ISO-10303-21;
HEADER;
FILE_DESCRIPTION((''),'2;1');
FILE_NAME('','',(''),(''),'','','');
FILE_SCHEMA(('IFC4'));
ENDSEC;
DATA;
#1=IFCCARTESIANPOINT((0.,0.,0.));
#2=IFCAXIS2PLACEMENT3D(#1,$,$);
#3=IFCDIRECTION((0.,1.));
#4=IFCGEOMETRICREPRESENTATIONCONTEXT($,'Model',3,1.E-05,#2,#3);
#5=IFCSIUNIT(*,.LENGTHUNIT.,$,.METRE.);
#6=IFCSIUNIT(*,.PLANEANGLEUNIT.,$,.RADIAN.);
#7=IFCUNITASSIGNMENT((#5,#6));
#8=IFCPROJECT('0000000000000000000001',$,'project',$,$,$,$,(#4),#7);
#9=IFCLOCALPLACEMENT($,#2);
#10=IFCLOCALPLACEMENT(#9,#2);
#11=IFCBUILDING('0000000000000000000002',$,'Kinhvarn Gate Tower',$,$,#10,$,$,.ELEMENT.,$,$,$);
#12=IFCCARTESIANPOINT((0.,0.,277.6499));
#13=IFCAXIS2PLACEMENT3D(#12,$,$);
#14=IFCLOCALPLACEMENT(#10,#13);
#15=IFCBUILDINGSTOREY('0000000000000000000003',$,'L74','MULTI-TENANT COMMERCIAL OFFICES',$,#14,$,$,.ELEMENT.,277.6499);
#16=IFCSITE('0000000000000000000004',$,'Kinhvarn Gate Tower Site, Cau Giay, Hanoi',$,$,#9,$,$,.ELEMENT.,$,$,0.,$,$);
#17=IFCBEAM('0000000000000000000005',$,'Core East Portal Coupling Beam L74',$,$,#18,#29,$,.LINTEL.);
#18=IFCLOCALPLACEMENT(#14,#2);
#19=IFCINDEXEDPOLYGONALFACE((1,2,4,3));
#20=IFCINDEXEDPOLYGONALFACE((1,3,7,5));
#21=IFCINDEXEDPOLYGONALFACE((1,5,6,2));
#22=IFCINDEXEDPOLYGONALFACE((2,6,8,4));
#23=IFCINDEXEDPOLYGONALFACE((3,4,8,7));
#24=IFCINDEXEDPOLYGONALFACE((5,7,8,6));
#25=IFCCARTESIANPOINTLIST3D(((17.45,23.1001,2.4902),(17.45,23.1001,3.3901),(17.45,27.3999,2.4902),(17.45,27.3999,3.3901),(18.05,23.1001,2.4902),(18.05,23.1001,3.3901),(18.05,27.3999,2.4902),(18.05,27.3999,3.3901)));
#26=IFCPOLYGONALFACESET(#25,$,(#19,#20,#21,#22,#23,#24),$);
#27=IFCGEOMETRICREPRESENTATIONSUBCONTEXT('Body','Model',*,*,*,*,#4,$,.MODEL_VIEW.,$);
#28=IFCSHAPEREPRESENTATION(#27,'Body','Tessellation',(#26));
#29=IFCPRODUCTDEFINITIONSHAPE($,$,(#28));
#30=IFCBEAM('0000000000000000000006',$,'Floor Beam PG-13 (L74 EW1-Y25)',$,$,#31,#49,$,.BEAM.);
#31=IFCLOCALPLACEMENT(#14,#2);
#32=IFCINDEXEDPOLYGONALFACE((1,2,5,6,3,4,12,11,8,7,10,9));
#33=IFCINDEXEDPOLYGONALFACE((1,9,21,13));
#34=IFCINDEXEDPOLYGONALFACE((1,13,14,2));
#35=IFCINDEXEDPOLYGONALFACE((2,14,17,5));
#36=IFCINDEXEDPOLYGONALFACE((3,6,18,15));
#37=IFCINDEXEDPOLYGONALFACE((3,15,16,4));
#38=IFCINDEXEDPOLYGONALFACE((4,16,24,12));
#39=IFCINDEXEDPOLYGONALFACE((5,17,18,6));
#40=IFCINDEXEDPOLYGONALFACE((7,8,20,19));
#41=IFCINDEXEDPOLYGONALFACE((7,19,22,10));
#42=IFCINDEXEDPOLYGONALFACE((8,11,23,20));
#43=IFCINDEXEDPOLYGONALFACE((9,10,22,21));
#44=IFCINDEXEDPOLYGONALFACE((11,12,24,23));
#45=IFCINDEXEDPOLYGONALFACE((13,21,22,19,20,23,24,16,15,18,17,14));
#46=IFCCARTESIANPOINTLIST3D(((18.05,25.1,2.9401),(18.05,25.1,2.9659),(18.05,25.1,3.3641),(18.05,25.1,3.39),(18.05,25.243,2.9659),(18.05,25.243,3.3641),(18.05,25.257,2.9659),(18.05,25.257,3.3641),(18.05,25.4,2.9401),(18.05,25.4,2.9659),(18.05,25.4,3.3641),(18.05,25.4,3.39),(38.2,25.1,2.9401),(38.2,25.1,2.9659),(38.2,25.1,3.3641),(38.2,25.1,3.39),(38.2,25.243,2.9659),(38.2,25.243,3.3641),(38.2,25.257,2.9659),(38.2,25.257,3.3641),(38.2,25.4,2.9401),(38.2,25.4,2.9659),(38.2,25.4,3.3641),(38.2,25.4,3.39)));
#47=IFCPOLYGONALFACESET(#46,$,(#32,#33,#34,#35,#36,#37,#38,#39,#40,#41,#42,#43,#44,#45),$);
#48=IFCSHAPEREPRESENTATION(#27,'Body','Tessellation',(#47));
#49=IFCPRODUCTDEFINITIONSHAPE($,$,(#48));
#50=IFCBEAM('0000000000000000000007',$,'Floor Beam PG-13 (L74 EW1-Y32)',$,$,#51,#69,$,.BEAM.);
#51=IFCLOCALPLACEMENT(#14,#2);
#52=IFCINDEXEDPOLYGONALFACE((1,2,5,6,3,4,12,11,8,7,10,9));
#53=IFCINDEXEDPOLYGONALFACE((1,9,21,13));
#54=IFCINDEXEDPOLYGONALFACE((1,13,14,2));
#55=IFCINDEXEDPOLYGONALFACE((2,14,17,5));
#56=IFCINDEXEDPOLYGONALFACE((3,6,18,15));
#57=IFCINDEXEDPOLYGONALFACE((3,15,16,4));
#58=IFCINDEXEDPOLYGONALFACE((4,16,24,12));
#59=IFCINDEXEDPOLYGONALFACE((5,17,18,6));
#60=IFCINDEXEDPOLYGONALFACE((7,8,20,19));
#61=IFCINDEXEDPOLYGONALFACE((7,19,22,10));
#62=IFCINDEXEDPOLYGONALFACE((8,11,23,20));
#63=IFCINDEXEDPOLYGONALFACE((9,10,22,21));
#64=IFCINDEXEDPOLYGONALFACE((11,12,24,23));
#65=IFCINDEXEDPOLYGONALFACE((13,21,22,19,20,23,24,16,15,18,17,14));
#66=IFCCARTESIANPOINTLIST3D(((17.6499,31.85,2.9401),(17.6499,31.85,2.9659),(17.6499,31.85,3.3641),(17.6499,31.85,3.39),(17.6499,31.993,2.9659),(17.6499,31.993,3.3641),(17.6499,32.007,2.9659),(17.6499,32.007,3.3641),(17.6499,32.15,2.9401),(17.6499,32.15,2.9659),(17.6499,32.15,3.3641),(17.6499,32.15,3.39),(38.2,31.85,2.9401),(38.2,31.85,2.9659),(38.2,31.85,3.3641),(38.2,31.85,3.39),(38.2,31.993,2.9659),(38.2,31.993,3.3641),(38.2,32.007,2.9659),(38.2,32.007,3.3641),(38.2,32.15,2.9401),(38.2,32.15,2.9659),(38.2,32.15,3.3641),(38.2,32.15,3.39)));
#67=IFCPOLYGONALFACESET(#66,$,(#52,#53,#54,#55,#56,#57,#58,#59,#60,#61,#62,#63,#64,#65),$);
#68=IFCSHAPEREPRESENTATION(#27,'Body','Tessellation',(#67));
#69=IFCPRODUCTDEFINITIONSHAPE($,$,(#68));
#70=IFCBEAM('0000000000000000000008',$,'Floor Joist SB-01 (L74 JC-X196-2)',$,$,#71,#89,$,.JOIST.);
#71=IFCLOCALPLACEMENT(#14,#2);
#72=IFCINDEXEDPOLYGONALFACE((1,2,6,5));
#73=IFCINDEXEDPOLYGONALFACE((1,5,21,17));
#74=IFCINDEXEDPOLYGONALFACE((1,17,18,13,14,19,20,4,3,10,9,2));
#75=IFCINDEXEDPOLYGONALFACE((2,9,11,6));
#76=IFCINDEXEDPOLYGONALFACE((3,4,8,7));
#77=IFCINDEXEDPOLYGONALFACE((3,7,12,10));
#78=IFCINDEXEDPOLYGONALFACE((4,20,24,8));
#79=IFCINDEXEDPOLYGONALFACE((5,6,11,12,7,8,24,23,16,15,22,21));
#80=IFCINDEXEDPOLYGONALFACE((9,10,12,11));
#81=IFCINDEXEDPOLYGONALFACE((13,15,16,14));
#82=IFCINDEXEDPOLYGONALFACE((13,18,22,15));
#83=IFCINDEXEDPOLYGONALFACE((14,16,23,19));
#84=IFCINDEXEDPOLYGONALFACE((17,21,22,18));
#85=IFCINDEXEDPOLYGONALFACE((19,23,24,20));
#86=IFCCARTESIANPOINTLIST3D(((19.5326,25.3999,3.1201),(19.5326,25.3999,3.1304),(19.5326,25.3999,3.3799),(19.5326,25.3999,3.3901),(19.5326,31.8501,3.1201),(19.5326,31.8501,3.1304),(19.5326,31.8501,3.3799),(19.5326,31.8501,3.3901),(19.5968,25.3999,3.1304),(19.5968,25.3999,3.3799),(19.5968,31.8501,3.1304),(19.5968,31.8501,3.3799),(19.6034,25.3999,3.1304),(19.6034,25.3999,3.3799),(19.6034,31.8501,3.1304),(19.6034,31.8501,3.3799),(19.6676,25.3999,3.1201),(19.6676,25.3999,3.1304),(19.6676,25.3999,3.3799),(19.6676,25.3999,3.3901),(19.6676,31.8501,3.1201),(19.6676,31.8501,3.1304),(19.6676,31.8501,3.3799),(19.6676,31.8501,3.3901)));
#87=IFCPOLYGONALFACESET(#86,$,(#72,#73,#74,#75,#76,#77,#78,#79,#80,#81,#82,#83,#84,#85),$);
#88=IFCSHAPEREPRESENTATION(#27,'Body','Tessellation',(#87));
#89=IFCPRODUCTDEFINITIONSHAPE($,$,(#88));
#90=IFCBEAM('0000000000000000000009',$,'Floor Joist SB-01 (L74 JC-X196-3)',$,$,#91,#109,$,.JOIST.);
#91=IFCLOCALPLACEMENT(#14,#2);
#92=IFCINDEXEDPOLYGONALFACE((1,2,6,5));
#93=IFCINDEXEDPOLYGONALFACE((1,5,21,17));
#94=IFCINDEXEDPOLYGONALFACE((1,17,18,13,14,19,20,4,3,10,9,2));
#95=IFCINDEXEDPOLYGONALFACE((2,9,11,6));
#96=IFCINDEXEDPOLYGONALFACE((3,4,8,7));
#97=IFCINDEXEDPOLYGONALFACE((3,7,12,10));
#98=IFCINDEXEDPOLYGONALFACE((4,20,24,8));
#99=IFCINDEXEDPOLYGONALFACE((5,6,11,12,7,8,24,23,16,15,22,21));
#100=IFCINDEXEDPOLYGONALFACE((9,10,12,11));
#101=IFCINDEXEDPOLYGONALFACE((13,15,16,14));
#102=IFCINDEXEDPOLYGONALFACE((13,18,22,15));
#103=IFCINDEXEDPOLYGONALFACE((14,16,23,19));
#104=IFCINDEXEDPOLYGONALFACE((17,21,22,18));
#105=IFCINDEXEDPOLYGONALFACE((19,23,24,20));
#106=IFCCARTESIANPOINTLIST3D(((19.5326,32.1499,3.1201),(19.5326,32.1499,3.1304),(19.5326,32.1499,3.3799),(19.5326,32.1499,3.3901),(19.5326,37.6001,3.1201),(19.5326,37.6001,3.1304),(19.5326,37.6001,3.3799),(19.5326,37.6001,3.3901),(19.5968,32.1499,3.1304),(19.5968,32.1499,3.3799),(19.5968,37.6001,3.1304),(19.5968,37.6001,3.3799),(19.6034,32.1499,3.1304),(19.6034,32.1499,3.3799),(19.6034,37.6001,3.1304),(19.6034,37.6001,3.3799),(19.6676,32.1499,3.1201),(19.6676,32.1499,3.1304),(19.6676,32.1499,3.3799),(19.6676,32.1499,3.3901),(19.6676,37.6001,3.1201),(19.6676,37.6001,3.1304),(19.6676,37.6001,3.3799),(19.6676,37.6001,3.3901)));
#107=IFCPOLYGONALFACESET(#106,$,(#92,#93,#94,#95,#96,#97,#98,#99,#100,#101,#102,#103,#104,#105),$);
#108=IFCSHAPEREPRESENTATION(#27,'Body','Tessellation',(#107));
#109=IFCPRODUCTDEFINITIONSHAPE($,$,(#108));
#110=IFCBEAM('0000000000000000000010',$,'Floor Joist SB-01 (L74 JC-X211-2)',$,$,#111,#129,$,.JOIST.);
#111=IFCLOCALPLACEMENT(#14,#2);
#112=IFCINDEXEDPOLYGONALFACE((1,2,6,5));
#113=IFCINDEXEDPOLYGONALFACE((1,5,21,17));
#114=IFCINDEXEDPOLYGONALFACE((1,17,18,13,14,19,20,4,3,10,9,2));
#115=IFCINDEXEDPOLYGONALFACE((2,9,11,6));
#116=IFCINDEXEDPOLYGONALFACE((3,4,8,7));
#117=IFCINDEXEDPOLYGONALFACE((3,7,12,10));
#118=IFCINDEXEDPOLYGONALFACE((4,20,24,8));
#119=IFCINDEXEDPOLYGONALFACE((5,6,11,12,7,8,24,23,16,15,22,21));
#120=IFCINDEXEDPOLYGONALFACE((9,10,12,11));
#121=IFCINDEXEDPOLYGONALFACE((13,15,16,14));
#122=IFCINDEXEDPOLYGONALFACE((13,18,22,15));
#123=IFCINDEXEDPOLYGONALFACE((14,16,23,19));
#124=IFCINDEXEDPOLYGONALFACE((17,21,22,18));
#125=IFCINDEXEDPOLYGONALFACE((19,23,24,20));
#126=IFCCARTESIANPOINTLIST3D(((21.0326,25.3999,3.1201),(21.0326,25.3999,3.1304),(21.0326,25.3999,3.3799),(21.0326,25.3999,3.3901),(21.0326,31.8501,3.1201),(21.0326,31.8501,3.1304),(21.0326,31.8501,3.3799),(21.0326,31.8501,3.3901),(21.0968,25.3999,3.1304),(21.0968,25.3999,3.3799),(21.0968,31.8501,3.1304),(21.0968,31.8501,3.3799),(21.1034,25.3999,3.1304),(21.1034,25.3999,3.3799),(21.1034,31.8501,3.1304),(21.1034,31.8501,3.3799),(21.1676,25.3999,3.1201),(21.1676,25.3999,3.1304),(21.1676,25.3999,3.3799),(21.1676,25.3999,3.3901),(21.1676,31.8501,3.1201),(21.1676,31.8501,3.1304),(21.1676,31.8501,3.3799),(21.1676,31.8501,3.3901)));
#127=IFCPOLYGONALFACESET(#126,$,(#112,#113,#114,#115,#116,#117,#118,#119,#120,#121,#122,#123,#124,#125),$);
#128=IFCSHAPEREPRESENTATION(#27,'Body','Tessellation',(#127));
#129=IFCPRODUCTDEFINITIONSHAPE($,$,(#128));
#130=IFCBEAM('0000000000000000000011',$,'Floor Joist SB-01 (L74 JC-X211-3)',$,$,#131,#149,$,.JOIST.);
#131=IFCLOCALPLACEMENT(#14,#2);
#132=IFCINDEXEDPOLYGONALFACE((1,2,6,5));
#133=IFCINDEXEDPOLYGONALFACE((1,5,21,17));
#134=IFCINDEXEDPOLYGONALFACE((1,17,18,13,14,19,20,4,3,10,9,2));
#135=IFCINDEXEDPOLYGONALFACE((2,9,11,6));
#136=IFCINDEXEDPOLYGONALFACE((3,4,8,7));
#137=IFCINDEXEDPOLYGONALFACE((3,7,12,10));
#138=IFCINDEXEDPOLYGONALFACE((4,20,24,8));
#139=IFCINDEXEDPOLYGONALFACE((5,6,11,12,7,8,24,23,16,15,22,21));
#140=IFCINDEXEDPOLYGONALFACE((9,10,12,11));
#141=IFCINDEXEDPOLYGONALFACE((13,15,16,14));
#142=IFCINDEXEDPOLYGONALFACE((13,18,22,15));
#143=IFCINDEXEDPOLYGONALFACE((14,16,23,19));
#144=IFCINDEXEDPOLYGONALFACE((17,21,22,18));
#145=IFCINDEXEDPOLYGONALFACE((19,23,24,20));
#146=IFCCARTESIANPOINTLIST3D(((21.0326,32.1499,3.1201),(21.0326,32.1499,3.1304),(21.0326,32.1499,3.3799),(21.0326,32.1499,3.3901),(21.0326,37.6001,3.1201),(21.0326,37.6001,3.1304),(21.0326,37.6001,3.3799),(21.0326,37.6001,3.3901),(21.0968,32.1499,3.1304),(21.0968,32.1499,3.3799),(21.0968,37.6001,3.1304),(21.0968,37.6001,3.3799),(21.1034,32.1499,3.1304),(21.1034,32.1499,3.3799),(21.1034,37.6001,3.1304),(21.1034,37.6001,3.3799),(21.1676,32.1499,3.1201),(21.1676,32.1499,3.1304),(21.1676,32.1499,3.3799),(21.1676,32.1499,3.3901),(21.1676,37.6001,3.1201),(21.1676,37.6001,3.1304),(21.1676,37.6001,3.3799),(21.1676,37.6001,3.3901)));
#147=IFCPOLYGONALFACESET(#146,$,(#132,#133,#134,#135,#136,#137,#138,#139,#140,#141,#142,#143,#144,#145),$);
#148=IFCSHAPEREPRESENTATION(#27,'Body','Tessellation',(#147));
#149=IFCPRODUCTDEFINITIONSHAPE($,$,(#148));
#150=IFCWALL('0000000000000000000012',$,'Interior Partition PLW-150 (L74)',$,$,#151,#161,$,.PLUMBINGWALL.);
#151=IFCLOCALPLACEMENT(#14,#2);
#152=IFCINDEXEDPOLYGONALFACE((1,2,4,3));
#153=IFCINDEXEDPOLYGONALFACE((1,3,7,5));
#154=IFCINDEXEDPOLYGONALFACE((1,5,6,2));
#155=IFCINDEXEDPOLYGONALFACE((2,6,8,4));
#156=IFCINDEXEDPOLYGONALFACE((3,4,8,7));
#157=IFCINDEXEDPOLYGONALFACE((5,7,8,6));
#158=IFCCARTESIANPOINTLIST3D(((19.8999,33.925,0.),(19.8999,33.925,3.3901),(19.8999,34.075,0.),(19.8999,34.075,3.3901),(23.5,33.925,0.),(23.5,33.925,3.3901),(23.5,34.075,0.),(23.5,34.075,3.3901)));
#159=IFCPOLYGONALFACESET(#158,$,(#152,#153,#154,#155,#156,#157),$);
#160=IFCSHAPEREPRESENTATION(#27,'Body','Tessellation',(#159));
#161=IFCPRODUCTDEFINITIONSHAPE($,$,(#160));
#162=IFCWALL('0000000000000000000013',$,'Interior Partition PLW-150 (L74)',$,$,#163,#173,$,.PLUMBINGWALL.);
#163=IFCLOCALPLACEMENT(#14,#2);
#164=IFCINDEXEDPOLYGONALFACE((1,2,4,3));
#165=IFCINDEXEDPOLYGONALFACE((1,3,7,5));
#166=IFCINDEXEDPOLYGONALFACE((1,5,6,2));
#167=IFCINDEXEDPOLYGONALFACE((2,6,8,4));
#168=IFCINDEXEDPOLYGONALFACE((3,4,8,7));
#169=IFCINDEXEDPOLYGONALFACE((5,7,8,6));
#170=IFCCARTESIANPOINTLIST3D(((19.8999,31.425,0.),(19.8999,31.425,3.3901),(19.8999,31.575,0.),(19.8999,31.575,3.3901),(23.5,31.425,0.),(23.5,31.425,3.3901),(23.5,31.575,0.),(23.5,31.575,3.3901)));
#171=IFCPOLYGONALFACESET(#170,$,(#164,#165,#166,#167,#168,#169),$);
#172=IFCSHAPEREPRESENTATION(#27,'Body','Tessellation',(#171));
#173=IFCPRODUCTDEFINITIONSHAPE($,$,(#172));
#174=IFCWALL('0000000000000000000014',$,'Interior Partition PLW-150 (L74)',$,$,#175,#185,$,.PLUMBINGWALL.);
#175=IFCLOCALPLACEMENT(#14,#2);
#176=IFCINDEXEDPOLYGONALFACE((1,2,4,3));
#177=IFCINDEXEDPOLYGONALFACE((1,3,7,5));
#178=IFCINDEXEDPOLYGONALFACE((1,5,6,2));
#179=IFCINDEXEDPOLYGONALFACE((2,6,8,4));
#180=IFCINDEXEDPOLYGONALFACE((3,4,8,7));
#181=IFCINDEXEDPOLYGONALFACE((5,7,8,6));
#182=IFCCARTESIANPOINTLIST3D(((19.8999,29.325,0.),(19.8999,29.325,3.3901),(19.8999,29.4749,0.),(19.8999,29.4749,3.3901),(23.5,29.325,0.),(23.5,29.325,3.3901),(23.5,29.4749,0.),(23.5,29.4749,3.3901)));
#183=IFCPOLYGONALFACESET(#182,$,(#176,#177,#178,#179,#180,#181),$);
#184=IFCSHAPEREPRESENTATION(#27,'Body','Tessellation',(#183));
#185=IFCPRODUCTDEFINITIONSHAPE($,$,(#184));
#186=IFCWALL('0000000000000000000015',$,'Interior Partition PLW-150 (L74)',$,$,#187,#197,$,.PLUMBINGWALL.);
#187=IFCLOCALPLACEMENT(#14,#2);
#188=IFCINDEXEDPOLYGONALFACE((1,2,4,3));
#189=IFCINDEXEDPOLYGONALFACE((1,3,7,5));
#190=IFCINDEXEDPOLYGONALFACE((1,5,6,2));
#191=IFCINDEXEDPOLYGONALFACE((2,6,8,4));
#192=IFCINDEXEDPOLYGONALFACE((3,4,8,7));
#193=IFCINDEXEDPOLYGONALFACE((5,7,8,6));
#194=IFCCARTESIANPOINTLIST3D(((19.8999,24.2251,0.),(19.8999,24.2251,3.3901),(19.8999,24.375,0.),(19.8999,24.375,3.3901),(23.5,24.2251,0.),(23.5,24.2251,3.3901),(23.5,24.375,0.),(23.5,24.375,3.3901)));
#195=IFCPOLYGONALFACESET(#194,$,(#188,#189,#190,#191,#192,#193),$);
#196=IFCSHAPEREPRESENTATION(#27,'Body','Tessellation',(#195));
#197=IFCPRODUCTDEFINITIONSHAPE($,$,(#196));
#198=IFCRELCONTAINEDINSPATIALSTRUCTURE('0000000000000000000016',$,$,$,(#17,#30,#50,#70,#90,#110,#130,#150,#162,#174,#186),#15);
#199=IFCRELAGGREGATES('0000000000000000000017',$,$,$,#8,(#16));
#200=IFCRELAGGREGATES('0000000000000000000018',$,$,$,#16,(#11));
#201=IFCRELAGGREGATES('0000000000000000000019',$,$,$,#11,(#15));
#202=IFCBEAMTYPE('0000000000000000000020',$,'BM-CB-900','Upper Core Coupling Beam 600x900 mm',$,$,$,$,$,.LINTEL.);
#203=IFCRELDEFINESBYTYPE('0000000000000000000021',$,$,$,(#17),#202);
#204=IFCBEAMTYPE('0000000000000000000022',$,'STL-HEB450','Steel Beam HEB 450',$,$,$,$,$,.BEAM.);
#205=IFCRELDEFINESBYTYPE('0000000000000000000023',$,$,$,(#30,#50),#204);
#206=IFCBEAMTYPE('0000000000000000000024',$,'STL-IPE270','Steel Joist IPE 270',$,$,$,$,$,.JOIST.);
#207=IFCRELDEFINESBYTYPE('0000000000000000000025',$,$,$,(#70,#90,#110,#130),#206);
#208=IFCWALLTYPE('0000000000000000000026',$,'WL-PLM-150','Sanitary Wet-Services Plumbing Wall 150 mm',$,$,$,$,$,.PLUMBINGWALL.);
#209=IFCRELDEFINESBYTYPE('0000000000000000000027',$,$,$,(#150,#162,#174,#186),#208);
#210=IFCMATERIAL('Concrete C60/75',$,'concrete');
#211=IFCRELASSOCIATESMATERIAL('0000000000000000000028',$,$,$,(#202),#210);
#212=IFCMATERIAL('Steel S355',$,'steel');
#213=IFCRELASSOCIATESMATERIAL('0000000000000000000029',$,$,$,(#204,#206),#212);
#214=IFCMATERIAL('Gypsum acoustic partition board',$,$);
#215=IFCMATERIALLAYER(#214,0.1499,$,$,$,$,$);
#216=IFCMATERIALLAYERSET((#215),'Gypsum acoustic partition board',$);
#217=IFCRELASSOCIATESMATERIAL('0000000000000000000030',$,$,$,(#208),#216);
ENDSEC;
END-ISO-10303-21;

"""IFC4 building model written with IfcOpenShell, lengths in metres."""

from ifc_helpers import new_model, si_unit, direction, frame, frame_2d, origin, origin_2d, place, context, subcontext, project, spatial, rectangle, i_section, extrude, material, layer, layer_set, material_profile, profile_set, type_object, element, save


model = new_model("IFC4")

# Units and contexts
model_context = context("Model", 3, precision=1e-05, world=origin(), true_north=direction((0.0, 1.0)))
body_context = subcontext(model_context, "Body", "Model", "MODEL_VIEW")
ifc_project = project(units=[si_unit("LENGTHUNIT", "METRE"), si_unit("PLANEANGLEUNIT", "RADIAN")], contexts=[model_context])

# Site, building, storey
site_placement = place(None, origin())
site = spatial("IfcSite", under=ifc_project, at=site_placement, Name="Kinhvarn Gate Tower Site, Cau Giay, Hanoi", CompositionType="ELEMENT", RefElevation=0.0)
building_placement = place(site_placement, origin())
building = spatial("IfcBuilding", under=site, at=building_placement, Name="Kinhvarn Gate Tower", CompositionType="ELEMENT")
storey_placement = place(building_placement, frame((0.0, 0.0, 277.6499)))
storey = spatial("IfcBuildingStorey", under=building, at=storey_placement, Name="L74", Description="MULTI-TENANT COMMERCIAL OFFICES", CompositionType="ELEMENT", Elevation=277.6499)

# Beams
ifc_material_1 = material(Name="Concrete C60/75", Category="concrete")
ifc_material_profile_1 = material_profile(ifc_material_1, rectangle(XDim=0.6001, YDim=0.8999, at=origin_2d()), Name="RC 600x900")
ifc_profile_set_1 = profile_set([ifc_material_profile_1], Name="Concrete C60/75")
beam_type_1 = type_object("IfcBeamType", Name="BM-CB-900", Description="Upper Core Coupling Beam 600x900 mm", PredefinedType="LINTEL", material=ifc_profile_set_1)
beam_1_placement = place(storey_placement, frame((17.75, 23.1001, 2.9402), z_axis=(0.0, 1.0, 0.0), x_axis=(-1.0, 0.0, 0.0)))
element("IfcBeam", 1, at=beam_1_placement, inside=storey, type_object=beam_type_1, Name="Core East Portal Coupling Beam L74", PredefinedType="LINTEL", context=body_context, shape_type="SweptSolid", body=[
    extrude(rectangle(XDim=0.6001, YDim=0.8999, at=origin_2d()), origin(), (0.0, 0.0, 1.0), 4.2998),
])
ifc_material_2 = material(Name="Steel S355", Category="steel")
ifc_material_profile_2 = material_profile(ifc_material_2, i_section(OverallWidth=0.3, OverallDepth=0.45, WebThickness=0.0139, FlangeThickness=0.0259, at=origin_2d()), Name="HEB 450")
ifc_profile_set_2 = profile_set([ifc_material_profile_2], Name="Steel S355")
beam_type_2 = type_object("IfcBeamType", Name="STL-HEB450", Description="Steel Beam HEB 450", PredefinedType="BEAM", material=ifc_profile_set_2)
beam_2_placement = place(storey_placement, frame((18.05, 25.25, 3.165), z_axis=(1.0, 0.0, 0.0), x_axis=(0.0, 1.0, 0.0)))
element("IfcBeam", 2, at=beam_2_placement, inside=storey, type_object=beam_type_2, Name="Floor Beam PG-13 (L74 EW1-Y25)", PredefinedType="BEAM", context=body_context, shape_type="SweptSolid", body=[
    extrude(i_section(OverallWidth=0.3, OverallDepth=0.45, WebThickness=0.0139, FlangeThickness=0.0259, at=origin_2d()), origin(), (0.0, 0.0, 1.0), 20.1499),
])
beam_3_placement = place(storey_placement, frame((17.6499, 32.0, 3.165), z_axis=(1.0, 0.0, 0.0), x_axis=(0.0, 1.0, 0.0)))
element("IfcBeam", 3, at=beam_3_placement, inside=storey, type_object=beam_type_2, Name="Floor Beam PG-13 (L74 EW1-Y32)", PredefinedType="BEAM", context=body_context, shape_type="SweptSolid", body=[
    extrude(i_section(OverallWidth=0.3, OverallDepth=0.45, WebThickness=0.0139, FlangeThickness=0.0259, at=origin_2d()), origin(), (0.0, 0.0, 1.0), 20.55),
])
ifc_material_profile_3 = material_profile(ifc_material_2, i_section(OverallWidth=0.135, OverallDepth=0.27, WebThickness=0.0066, FlangeThickness=0.0103, at=origin_2d()), Name="IPE 270")
ifc_profile_set_3 = profile_set([ifc_material_profile_3], Name="Steel S355")
beam_type_3 = type_object("IfcBeamType", Name="STL-IPE270", Description="Steel Joist IPE 270", PredefinedType="JOIST", material=ifc_profile_set_3)
beam_4_placement = place(storey_placement, frame((19.6001, 25.3999, 3.2551), z_axis=(0.0, 1.0, 0.0), x_axis=(-1.0, 0.0, 0.0)))
element("IfcBeam", 4, at=beam_4_placement, inside=storey, type_object=beam_type_3, Name="Floor Joist SB-01 (L74 JC-X196-2)", PredefinedType="JOIST", context=body_context, shape_type="SweptSolid", body=[
    extrude(i_section(OverallWidth=0.135, OverallDepth=0.27, WebThickness=0.0066, FlangeThickness=0.0103, at=origin_2d()), origin(), (0.0, 0.0, 1.0), 6.4502),
])
beam_5_placement = place(storey_placement, frame((19.6001, 32.1499, 3.2551), z_axis=(0.0, 1.0, 0.0), x_axis=(-1.0, 0.0, 0.0)))
element("IfcBeam", 5, at=beam_5_placement, inside=storey, type_object=beam_type_3, Name="Floor Joist SB-01 (L74 JC-X196-3)", PredefinedType="JOIST", context=body_context, shape_type="SweptSolid", body=[
    extrude(i_section(OverallWidth=0.135, OverallDepth=0.27, WebThickness=0.0066, FlangeThickness=0.0103, at=origin_2d()), origin(), (0.0, 0.0, 1.0), 5.4502),
])
beam_6_placement = place(storey_placement, frame((21.1001, 25.3999, 3.2551), z_axis=(0.0, 1.0, 0.0), x_axis=(-1.0, 0.0, 0.0)))
element("IfcBeam", 6, at=beam_6_placement, inside=storey, type_object=beam_type_3, Name="Floor Joist SB-01 (L74 JC-X211-2)", PredefinedType="JOIST", context=body_context, shape_type="SweptSolid", body=[
    extrude(i_section(OverallWidth=0.135, OverallDepth=0.27, WebThickness=0.0066, FlangeThickness=0.0103, at=origin_2d()), origin(), (0.0, 0.0, 1.0), 6.4502),
])
beam_7_placement = place(storey_placement, frame((21.1001, 32.1499, 3.2551), z_axis=(0.0, 1.0, 0.0), x_axis=(-1.0, 0.0, 0.0)))
element("IfcBeam", 7, at=beam_7_placement, inside=storey, type_object=beam_type_3, Name="Floor Joist SB-01 (L74 JC-X211-3)", PredefinedType="JOIST", context=body_context, shape_type="SweptSolid", body=[
    extrude(i_section(OverallWidth=0.135, OverallDepth=0.27, WebThickness=0.0066, FlangeThickness=0.0103, at=origin_2d()), origin(), (0.0, 0.0, 1.0), 5.4502),
])

# Walls
ifc_material_3 = material(Name="Gypsum acoustic partition board")
ifc_layer_1 = layer(ifc_material_3, 0.1499)
ifc_layer_set_1 = layer_set([ifc_layer_1], Name="Gypsum acoustic partition board")
wall_type_1 = type_object("IfcWallType", Name="WL-PLM-150", Description="Sanitary Wet-Services Plumbing Wall 150 mm", PredefinedType="PLUMBINGWALL", material=ifc_layer_set_1)
for number, where, z_axis, x_axis, name in (
    (8, (19.8999, 34.0, 0.0), (0.0, 0.0, 1.0), (1.0, 0.0, 0.0), "Interior Partition PLW-150 (L74)"),
    (9, (19.8999, 31.5, 0.0), (0.0, 0.0, 1.0), (1.0, 0.0, 0.0), "Interior Partition PLW-150 (L74)"),
    (10, (19.8999, 29.3999, 0.0), (0.0, 0.0, 1.0), (1.0, 0.0, 0.0), "Interior Partition PLW-150 (L74)"),
    (11, (19.8999, 24.3, 0.0), (0.0, 0.0, 1.0), (1.0, 0.0, 0.0), "Interior Partition PLW-150 (L74)"),
):
    element("IfcWall", number, at=place(storey_placement, frame(where, z_axis=z_axis, x_axis=x_axis)), inside=storey, type_object=wall_type_1, Name=name, PredefinedType="PLUMBINGWALL", context=body_context, shape_type="SweptSolid", body=[
        extrude(rectangle(XDim=3.6001, YDim=0.1499, at=frame_2d((1.8, 0.0))), origin(), (0.0, 0.0, 1.0), 3.3901),
    ])

save(model, "model.ifc")
